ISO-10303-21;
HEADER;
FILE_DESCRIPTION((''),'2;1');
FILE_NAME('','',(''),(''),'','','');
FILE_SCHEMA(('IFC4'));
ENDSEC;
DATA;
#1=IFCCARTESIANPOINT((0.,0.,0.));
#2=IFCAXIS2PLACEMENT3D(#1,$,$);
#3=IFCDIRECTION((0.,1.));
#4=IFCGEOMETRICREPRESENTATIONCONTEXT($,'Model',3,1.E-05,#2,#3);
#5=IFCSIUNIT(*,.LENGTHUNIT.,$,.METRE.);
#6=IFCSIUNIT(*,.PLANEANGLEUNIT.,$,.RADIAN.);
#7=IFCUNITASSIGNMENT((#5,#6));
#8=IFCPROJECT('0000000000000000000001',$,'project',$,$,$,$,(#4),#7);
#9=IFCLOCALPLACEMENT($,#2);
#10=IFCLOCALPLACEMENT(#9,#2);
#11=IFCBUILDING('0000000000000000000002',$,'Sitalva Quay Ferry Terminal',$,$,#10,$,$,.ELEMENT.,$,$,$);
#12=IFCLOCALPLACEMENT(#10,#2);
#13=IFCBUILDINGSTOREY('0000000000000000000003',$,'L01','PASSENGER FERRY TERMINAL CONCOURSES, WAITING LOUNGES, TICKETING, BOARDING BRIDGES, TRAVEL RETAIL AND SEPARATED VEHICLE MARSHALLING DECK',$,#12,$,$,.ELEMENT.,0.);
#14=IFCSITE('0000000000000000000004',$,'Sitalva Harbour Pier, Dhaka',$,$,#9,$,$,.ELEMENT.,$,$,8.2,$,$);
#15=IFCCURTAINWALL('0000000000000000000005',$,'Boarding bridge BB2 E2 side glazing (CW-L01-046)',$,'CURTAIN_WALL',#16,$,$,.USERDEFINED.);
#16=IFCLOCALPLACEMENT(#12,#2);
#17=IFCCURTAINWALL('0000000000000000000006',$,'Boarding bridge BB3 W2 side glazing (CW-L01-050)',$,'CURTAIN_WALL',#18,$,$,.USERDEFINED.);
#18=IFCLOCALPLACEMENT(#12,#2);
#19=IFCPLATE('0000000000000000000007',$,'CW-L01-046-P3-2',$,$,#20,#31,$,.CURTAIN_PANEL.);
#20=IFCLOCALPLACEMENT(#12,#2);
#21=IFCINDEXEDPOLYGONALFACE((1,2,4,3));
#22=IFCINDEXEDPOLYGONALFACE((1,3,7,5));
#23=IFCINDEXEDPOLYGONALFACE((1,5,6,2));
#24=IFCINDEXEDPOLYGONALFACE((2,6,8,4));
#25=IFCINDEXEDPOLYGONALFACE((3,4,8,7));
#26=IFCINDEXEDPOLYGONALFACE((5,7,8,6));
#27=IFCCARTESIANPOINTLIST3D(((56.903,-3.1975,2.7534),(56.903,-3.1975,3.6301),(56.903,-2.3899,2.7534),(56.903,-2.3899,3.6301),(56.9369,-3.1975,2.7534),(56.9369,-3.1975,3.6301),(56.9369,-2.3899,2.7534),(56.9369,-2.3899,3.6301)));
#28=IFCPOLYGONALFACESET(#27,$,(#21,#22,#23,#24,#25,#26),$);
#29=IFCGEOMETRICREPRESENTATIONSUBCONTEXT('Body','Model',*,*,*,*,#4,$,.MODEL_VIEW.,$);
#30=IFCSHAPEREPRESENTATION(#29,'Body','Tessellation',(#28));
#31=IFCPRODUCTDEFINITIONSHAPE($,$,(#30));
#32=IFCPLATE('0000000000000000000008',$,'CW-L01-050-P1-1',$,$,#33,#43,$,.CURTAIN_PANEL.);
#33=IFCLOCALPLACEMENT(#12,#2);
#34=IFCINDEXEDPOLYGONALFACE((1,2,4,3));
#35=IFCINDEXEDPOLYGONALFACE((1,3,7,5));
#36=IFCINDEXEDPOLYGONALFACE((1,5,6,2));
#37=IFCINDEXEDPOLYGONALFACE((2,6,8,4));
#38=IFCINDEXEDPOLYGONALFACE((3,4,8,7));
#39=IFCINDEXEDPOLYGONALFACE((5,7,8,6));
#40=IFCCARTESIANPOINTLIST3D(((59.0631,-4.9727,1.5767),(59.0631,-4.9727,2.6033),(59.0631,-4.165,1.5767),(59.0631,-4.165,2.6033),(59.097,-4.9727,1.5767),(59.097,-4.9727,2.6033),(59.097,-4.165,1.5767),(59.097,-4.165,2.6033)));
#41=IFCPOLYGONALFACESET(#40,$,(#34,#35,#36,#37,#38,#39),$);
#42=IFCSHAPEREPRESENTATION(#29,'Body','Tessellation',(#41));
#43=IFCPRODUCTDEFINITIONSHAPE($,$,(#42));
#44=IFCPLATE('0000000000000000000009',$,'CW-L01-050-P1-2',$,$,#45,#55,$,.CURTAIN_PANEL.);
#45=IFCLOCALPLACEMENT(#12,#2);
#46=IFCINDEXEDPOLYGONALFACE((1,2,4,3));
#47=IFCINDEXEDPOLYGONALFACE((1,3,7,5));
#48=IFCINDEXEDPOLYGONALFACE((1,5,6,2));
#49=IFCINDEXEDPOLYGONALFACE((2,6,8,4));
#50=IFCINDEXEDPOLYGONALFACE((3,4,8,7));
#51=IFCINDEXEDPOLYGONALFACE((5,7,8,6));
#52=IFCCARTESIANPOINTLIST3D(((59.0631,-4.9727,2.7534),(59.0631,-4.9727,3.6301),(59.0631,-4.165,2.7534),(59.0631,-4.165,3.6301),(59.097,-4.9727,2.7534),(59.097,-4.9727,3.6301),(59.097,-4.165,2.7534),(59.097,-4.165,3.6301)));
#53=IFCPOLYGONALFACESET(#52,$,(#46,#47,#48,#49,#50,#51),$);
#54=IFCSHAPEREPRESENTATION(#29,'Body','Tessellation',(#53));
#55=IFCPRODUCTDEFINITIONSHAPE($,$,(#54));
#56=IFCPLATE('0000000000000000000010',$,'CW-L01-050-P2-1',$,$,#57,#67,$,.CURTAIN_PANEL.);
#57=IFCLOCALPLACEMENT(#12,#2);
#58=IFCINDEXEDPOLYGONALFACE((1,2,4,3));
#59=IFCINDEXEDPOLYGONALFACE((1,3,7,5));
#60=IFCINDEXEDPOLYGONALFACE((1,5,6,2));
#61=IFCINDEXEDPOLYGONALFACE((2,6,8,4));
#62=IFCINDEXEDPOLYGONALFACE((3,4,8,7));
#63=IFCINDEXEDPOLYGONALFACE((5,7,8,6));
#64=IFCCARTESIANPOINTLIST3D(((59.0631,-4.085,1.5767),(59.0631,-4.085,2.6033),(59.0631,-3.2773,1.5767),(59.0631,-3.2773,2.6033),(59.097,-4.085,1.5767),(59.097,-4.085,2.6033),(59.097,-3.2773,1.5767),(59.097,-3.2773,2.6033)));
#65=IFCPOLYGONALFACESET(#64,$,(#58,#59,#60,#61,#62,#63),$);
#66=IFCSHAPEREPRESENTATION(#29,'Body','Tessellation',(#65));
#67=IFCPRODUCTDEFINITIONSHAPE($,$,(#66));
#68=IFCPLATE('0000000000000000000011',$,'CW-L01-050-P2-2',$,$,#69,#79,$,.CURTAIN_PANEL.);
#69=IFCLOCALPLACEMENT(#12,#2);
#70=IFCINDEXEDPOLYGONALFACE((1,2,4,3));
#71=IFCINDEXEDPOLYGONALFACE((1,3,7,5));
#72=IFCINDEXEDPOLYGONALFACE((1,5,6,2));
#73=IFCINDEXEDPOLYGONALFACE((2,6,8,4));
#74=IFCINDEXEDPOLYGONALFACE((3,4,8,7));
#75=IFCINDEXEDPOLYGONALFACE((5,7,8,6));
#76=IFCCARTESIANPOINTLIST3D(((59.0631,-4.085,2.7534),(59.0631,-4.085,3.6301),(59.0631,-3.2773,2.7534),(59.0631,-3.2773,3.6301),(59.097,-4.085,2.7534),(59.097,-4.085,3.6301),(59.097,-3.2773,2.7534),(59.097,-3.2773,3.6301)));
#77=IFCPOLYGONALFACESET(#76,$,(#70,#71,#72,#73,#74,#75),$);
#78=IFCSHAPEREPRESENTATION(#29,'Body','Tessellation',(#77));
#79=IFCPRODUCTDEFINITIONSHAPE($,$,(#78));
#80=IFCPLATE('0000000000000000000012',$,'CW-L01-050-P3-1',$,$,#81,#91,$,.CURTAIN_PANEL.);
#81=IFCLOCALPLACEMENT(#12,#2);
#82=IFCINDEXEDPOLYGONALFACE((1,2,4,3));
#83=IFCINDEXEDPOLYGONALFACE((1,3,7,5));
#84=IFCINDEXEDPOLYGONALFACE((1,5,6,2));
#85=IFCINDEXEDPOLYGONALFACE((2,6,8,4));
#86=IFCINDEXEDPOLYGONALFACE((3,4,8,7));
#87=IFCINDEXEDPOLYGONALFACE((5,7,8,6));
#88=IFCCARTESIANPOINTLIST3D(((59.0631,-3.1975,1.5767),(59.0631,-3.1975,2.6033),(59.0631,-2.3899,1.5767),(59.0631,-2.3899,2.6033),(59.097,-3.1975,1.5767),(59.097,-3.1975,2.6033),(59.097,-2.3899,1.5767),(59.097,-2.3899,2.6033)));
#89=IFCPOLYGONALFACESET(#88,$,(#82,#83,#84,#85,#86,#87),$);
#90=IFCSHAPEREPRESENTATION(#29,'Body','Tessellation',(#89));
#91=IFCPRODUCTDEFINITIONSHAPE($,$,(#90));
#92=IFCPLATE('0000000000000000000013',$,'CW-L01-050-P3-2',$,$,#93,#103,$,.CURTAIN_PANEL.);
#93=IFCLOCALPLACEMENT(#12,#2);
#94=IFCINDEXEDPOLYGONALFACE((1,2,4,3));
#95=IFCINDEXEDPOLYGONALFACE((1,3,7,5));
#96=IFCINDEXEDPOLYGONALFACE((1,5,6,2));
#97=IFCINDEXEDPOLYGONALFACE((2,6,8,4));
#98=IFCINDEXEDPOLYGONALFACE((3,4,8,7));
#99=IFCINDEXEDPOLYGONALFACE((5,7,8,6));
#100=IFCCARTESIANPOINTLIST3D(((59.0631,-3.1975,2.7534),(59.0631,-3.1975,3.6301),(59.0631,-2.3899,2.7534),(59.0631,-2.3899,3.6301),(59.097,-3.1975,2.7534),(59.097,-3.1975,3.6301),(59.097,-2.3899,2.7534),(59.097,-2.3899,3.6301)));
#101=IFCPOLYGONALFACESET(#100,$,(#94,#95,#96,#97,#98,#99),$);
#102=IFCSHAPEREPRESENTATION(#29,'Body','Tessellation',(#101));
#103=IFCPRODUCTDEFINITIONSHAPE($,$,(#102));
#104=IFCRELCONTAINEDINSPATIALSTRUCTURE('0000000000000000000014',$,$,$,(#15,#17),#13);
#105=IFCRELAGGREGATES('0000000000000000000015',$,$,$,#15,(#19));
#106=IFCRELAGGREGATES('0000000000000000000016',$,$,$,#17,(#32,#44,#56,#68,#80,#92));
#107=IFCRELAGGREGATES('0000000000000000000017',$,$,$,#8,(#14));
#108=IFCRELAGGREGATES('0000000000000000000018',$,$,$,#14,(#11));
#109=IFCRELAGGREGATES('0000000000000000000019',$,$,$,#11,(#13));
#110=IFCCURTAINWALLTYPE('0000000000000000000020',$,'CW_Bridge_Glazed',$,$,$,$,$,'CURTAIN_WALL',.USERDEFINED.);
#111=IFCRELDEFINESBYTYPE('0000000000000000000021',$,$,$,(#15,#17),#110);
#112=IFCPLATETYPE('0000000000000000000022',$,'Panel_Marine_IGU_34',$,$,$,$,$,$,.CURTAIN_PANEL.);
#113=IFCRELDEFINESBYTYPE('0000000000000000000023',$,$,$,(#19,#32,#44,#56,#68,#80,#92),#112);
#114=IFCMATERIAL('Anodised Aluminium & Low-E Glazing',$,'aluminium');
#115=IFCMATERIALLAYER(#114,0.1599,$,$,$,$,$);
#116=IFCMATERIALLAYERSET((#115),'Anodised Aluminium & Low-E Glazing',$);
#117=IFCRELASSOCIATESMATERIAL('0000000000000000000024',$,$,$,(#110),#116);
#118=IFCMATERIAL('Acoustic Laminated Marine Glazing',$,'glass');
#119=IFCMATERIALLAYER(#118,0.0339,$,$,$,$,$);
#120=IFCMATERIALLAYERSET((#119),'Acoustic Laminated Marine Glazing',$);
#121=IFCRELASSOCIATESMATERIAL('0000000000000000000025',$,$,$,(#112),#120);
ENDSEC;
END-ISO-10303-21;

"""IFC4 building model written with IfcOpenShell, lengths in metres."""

from ifc_helpers import new_model, si_unit, direction, frame, origin, origin_2d, place, context, subcontext, project, spatial, rectangle, extrude, material, layer, layer_set, type_object, element, aggregate, save


model = new_model("IFC4")

# Units and contexts
model_context = context("Model", 3, precision=1e-05, world=origin(), true_north=direction((0.0, 1.0)))
body_context = subcontext(model_context, "Body", "Model", "MODEL_VIEW")
ifc_project = project(units=[si_unit("LENGTHUNIT", "METRE"), si_unit("PLANEANGLEUNIT", "RADIAN")], contexts=[model_context])

# Site, building, storey
site_placement = place(None, origin())
site = spatial("IfcSite", under=ifc_project, at=site_placement, Name="Sitalva Harbour Pier, Dhaka", CompositionType="ELEMENT", RefElevation=8.2)
building_placement = place(site_placement, origin())
building = spatial("IfcBuilding", under=site, at=building_placement, Name="Sitalva Quay Ferry Terminal", CompositionType="ELEMENT")
storey_placement = place(building_placement, origin())
storey = spatial("IfcBuildingStorey", under=building, at=storey_placement, Name="L01", Description="PASSENGER FERRY TERMINAL CONCOURSES, WAITING LOUNGES, TICKETING, BOARDING BRIDGES, TRAVEL RETAIL AND SEPARATED VEHICLE MARSHALLING DECK", CompositionType="ELEMENT", Elevation=0.0)

# Curtain walls
ifc_material_1 = material(Name="Anodised Aluminium & Low-E Glazing", Category="aluminium")
ifc_layer_1 = layer(ifc_material_1, 0.1599)
ifc_layer_set_1 = layer_set([ifc_layer_1], Name="Anodised Aluminium & Low-E Glazing")
curtain_wall_type = type_object("IfcCurtainWallType", Name="CW_Bridge_Glazed", ElementType="CURTAIN_WALL", PredefinedType="USERDEFINED", material=ifc_layer_set_1)
curtain_wall_1_placement = place(storey_placement, origin())
curtain_wall_1 = element("IfcCurtainWall", 1, at=curtain_wall_1_placement, inside=storey, type_object=curtain_wall_type, Name="Boarding bridge BB2 E2 side glazing (CW-L01-046)", ObjectType="CURTAIN_WALL", PredefinedType="USERDEFINED")
curtain_wall_2_placement = place(storey_placement, origin())
curtain_wall_2 = element("IfcCurtainWall", 2, at=curtain_wall_2_placement, inside=storey, type_object=curtain_wall_type, Name="Boarding bridge BB3 W2 side glazing (CW-L01-050)", ObjectType="CURTAIN_WALL", PredefinedType="USERDEFINED")

# Plates
ifc_material_2 = material(Name="Acoustic Laminated Marine Glazing", Category="glass")
ifc_layer_2 = layer(ifc_material_2, 0.0339)
ifc_layer_set_2 = layer_set([ifc_layer_2], Name="Acoustic Laminated Marine Glazing")
plate_type_1 = type_object("IfcPlateType", Name="Panel_Marine_IGU_34", PredefinedType="CURTAIN_PANEL", material=ifc_layer_set_2)
plate_1_placement = place(storey_placement, frame((56.9199, -2.7937, 2.7534), z_axis=(0.0, 0.0, 1.0), x_axis=(0.0, 1.0, 0.0)))
plate_1 = element("IfcPlate", 3, at=plate_1_placement, type_object=plate_type_1, Name="CW-L01-046-P3-2", PredefinedType="CURTAIN_PANEL", context=body_context, shape_type="SweptSolid", body=[
    extrude(rectangle(XDim=0.8076, YDim=0.0339, at=origin_2d()), origin(), (0.0, 0.0, 1.0), 0.8767),
])
aggregate(curtain_wall_1, [plate_1])
plate_2_placement = place(storey_placement, frame((59.0801, -4.5688, 1.5767), z_axis=(0.0, 0.0, 1.0), x_axis=(0.0, 1.0, 0.0)))
plate_2 = element("IfcPlate", 4, at=plate_2_placement, type_object=plate_type_1, Name="CW-L01-050-P1-1", PredefinedType="CURTAIN_PANEL", context=body_context, shape_type="SweptSolid", body=[
    extrude(rectangle(XDim=0.8076, YDim=0.0339, at=origin_2d()), origin(), (0.0, 0.0, 1.0), 1.0266),
])
plate_3_placement = place(storey_placement, frame((59.0801, -4.5688, 2.7534), z_axis=(0.0, 0.0, 1.0), x_axis=(0.0, 1.0, 0.0)))
plate_3 = element("IfcPlate", 5, at=plate_3_placement, type_object=plate_type_1, Name="CW-L01-050-P1-2", PredefinedType="CURTAIN_PANEL", context=body_context, shape_type="SweptSolid", body=[
    extrude(rectangle(XDim=0.8076, YDim=0.0339, at=origin_2d()), origin(), (0.0, 0.0, 1.0), 0.8767),
])
plate_4_placement = place(storey_placement, frame((59.0801, -3.6812, 1.5767), z_axis=(0.0, 0.0, 1.0), x_axis=(0.0, 1.0, 0.0)))
plate_4 = element("IfcPlate", 6, at=plate_4_placement, type_object=plate_type_1, Name="CW-L01-050-P2-1", PredefinedType="CURTAIN_PANEL", context=body_context, shape_type="SweptSolid", body=[
    extrude(rectangle(XDim=0.8076, YDim=0.0339, at=origin_2d()), origin(), (0.0, 0.0, 1.0), 1.0266),
])
plate_5_placement = place(storey_placement, frame((59.0801, -3.6812, 2.7534), z_axis=(0.0, 0.0, 1.0), x_axis=(0.0, 1.0, 0.0)))
plate_5 = element("IfcPlate", 7, at=plate_5_placement, type_object=plate_type_1, Name="CW-L01-050-P2-2", PredefinedType="CURTAIN_PANEL", context=body_context, shape_type="SweptSolid", body=[
    extrude(rectangle(XDim=0.8076, YDim=0.0339, at=origin_2d()), origin(), (0.0, 0.0, 1.0), 0.8767),
])
plate_6_placement = place(storey_placement, frame((59.0801, -2.7937, 1.5767), z_axis=(0.0, 0.0, 1.0), x_axis=(0.0, 1.0, 0.0)))
plate_6 = element("IfcPlate", 8, at=plate_6_placement, type_object=plate_type_1, Name="CW-L01-050-P3-1", PredefinedType="CURTAIN_PANEL", context=body_context, shape_type="SweptSolid", body=[
    extrude(rectangle(XDim=0.8076, YDim=0.0339, at=origin_2d()), origin(), (0.0, 0.0, 1.0), 1.0266),
])
plate_7_placement = place(storey_placement, frame((59.0801, -2.7937, 2.7534), z_axis=(0.0, 0.0, 1.0), x_axis=(0.0, 1.0, 0.0)))
plate_7 = element("IfcPlate", 9, at=plate_7_placement, type_object=plate_type_1, Name="CW-L01-050-P3-2", PredefinedType="CURTAIN_PANEL", context=body_context, shape_type="SweptSolid", body=[
    extrude(rectangle(XDim=0.8076, YDim=0.0339, at=origin_2d()), origin(), (0.0, 0.0, 1.0), 0.8767),
])
aggregate(curtain_wall_2, [plate_2, plate_3, plate_4, plate_5, plate_6, plate_7])

save(model, "model.ifc")
